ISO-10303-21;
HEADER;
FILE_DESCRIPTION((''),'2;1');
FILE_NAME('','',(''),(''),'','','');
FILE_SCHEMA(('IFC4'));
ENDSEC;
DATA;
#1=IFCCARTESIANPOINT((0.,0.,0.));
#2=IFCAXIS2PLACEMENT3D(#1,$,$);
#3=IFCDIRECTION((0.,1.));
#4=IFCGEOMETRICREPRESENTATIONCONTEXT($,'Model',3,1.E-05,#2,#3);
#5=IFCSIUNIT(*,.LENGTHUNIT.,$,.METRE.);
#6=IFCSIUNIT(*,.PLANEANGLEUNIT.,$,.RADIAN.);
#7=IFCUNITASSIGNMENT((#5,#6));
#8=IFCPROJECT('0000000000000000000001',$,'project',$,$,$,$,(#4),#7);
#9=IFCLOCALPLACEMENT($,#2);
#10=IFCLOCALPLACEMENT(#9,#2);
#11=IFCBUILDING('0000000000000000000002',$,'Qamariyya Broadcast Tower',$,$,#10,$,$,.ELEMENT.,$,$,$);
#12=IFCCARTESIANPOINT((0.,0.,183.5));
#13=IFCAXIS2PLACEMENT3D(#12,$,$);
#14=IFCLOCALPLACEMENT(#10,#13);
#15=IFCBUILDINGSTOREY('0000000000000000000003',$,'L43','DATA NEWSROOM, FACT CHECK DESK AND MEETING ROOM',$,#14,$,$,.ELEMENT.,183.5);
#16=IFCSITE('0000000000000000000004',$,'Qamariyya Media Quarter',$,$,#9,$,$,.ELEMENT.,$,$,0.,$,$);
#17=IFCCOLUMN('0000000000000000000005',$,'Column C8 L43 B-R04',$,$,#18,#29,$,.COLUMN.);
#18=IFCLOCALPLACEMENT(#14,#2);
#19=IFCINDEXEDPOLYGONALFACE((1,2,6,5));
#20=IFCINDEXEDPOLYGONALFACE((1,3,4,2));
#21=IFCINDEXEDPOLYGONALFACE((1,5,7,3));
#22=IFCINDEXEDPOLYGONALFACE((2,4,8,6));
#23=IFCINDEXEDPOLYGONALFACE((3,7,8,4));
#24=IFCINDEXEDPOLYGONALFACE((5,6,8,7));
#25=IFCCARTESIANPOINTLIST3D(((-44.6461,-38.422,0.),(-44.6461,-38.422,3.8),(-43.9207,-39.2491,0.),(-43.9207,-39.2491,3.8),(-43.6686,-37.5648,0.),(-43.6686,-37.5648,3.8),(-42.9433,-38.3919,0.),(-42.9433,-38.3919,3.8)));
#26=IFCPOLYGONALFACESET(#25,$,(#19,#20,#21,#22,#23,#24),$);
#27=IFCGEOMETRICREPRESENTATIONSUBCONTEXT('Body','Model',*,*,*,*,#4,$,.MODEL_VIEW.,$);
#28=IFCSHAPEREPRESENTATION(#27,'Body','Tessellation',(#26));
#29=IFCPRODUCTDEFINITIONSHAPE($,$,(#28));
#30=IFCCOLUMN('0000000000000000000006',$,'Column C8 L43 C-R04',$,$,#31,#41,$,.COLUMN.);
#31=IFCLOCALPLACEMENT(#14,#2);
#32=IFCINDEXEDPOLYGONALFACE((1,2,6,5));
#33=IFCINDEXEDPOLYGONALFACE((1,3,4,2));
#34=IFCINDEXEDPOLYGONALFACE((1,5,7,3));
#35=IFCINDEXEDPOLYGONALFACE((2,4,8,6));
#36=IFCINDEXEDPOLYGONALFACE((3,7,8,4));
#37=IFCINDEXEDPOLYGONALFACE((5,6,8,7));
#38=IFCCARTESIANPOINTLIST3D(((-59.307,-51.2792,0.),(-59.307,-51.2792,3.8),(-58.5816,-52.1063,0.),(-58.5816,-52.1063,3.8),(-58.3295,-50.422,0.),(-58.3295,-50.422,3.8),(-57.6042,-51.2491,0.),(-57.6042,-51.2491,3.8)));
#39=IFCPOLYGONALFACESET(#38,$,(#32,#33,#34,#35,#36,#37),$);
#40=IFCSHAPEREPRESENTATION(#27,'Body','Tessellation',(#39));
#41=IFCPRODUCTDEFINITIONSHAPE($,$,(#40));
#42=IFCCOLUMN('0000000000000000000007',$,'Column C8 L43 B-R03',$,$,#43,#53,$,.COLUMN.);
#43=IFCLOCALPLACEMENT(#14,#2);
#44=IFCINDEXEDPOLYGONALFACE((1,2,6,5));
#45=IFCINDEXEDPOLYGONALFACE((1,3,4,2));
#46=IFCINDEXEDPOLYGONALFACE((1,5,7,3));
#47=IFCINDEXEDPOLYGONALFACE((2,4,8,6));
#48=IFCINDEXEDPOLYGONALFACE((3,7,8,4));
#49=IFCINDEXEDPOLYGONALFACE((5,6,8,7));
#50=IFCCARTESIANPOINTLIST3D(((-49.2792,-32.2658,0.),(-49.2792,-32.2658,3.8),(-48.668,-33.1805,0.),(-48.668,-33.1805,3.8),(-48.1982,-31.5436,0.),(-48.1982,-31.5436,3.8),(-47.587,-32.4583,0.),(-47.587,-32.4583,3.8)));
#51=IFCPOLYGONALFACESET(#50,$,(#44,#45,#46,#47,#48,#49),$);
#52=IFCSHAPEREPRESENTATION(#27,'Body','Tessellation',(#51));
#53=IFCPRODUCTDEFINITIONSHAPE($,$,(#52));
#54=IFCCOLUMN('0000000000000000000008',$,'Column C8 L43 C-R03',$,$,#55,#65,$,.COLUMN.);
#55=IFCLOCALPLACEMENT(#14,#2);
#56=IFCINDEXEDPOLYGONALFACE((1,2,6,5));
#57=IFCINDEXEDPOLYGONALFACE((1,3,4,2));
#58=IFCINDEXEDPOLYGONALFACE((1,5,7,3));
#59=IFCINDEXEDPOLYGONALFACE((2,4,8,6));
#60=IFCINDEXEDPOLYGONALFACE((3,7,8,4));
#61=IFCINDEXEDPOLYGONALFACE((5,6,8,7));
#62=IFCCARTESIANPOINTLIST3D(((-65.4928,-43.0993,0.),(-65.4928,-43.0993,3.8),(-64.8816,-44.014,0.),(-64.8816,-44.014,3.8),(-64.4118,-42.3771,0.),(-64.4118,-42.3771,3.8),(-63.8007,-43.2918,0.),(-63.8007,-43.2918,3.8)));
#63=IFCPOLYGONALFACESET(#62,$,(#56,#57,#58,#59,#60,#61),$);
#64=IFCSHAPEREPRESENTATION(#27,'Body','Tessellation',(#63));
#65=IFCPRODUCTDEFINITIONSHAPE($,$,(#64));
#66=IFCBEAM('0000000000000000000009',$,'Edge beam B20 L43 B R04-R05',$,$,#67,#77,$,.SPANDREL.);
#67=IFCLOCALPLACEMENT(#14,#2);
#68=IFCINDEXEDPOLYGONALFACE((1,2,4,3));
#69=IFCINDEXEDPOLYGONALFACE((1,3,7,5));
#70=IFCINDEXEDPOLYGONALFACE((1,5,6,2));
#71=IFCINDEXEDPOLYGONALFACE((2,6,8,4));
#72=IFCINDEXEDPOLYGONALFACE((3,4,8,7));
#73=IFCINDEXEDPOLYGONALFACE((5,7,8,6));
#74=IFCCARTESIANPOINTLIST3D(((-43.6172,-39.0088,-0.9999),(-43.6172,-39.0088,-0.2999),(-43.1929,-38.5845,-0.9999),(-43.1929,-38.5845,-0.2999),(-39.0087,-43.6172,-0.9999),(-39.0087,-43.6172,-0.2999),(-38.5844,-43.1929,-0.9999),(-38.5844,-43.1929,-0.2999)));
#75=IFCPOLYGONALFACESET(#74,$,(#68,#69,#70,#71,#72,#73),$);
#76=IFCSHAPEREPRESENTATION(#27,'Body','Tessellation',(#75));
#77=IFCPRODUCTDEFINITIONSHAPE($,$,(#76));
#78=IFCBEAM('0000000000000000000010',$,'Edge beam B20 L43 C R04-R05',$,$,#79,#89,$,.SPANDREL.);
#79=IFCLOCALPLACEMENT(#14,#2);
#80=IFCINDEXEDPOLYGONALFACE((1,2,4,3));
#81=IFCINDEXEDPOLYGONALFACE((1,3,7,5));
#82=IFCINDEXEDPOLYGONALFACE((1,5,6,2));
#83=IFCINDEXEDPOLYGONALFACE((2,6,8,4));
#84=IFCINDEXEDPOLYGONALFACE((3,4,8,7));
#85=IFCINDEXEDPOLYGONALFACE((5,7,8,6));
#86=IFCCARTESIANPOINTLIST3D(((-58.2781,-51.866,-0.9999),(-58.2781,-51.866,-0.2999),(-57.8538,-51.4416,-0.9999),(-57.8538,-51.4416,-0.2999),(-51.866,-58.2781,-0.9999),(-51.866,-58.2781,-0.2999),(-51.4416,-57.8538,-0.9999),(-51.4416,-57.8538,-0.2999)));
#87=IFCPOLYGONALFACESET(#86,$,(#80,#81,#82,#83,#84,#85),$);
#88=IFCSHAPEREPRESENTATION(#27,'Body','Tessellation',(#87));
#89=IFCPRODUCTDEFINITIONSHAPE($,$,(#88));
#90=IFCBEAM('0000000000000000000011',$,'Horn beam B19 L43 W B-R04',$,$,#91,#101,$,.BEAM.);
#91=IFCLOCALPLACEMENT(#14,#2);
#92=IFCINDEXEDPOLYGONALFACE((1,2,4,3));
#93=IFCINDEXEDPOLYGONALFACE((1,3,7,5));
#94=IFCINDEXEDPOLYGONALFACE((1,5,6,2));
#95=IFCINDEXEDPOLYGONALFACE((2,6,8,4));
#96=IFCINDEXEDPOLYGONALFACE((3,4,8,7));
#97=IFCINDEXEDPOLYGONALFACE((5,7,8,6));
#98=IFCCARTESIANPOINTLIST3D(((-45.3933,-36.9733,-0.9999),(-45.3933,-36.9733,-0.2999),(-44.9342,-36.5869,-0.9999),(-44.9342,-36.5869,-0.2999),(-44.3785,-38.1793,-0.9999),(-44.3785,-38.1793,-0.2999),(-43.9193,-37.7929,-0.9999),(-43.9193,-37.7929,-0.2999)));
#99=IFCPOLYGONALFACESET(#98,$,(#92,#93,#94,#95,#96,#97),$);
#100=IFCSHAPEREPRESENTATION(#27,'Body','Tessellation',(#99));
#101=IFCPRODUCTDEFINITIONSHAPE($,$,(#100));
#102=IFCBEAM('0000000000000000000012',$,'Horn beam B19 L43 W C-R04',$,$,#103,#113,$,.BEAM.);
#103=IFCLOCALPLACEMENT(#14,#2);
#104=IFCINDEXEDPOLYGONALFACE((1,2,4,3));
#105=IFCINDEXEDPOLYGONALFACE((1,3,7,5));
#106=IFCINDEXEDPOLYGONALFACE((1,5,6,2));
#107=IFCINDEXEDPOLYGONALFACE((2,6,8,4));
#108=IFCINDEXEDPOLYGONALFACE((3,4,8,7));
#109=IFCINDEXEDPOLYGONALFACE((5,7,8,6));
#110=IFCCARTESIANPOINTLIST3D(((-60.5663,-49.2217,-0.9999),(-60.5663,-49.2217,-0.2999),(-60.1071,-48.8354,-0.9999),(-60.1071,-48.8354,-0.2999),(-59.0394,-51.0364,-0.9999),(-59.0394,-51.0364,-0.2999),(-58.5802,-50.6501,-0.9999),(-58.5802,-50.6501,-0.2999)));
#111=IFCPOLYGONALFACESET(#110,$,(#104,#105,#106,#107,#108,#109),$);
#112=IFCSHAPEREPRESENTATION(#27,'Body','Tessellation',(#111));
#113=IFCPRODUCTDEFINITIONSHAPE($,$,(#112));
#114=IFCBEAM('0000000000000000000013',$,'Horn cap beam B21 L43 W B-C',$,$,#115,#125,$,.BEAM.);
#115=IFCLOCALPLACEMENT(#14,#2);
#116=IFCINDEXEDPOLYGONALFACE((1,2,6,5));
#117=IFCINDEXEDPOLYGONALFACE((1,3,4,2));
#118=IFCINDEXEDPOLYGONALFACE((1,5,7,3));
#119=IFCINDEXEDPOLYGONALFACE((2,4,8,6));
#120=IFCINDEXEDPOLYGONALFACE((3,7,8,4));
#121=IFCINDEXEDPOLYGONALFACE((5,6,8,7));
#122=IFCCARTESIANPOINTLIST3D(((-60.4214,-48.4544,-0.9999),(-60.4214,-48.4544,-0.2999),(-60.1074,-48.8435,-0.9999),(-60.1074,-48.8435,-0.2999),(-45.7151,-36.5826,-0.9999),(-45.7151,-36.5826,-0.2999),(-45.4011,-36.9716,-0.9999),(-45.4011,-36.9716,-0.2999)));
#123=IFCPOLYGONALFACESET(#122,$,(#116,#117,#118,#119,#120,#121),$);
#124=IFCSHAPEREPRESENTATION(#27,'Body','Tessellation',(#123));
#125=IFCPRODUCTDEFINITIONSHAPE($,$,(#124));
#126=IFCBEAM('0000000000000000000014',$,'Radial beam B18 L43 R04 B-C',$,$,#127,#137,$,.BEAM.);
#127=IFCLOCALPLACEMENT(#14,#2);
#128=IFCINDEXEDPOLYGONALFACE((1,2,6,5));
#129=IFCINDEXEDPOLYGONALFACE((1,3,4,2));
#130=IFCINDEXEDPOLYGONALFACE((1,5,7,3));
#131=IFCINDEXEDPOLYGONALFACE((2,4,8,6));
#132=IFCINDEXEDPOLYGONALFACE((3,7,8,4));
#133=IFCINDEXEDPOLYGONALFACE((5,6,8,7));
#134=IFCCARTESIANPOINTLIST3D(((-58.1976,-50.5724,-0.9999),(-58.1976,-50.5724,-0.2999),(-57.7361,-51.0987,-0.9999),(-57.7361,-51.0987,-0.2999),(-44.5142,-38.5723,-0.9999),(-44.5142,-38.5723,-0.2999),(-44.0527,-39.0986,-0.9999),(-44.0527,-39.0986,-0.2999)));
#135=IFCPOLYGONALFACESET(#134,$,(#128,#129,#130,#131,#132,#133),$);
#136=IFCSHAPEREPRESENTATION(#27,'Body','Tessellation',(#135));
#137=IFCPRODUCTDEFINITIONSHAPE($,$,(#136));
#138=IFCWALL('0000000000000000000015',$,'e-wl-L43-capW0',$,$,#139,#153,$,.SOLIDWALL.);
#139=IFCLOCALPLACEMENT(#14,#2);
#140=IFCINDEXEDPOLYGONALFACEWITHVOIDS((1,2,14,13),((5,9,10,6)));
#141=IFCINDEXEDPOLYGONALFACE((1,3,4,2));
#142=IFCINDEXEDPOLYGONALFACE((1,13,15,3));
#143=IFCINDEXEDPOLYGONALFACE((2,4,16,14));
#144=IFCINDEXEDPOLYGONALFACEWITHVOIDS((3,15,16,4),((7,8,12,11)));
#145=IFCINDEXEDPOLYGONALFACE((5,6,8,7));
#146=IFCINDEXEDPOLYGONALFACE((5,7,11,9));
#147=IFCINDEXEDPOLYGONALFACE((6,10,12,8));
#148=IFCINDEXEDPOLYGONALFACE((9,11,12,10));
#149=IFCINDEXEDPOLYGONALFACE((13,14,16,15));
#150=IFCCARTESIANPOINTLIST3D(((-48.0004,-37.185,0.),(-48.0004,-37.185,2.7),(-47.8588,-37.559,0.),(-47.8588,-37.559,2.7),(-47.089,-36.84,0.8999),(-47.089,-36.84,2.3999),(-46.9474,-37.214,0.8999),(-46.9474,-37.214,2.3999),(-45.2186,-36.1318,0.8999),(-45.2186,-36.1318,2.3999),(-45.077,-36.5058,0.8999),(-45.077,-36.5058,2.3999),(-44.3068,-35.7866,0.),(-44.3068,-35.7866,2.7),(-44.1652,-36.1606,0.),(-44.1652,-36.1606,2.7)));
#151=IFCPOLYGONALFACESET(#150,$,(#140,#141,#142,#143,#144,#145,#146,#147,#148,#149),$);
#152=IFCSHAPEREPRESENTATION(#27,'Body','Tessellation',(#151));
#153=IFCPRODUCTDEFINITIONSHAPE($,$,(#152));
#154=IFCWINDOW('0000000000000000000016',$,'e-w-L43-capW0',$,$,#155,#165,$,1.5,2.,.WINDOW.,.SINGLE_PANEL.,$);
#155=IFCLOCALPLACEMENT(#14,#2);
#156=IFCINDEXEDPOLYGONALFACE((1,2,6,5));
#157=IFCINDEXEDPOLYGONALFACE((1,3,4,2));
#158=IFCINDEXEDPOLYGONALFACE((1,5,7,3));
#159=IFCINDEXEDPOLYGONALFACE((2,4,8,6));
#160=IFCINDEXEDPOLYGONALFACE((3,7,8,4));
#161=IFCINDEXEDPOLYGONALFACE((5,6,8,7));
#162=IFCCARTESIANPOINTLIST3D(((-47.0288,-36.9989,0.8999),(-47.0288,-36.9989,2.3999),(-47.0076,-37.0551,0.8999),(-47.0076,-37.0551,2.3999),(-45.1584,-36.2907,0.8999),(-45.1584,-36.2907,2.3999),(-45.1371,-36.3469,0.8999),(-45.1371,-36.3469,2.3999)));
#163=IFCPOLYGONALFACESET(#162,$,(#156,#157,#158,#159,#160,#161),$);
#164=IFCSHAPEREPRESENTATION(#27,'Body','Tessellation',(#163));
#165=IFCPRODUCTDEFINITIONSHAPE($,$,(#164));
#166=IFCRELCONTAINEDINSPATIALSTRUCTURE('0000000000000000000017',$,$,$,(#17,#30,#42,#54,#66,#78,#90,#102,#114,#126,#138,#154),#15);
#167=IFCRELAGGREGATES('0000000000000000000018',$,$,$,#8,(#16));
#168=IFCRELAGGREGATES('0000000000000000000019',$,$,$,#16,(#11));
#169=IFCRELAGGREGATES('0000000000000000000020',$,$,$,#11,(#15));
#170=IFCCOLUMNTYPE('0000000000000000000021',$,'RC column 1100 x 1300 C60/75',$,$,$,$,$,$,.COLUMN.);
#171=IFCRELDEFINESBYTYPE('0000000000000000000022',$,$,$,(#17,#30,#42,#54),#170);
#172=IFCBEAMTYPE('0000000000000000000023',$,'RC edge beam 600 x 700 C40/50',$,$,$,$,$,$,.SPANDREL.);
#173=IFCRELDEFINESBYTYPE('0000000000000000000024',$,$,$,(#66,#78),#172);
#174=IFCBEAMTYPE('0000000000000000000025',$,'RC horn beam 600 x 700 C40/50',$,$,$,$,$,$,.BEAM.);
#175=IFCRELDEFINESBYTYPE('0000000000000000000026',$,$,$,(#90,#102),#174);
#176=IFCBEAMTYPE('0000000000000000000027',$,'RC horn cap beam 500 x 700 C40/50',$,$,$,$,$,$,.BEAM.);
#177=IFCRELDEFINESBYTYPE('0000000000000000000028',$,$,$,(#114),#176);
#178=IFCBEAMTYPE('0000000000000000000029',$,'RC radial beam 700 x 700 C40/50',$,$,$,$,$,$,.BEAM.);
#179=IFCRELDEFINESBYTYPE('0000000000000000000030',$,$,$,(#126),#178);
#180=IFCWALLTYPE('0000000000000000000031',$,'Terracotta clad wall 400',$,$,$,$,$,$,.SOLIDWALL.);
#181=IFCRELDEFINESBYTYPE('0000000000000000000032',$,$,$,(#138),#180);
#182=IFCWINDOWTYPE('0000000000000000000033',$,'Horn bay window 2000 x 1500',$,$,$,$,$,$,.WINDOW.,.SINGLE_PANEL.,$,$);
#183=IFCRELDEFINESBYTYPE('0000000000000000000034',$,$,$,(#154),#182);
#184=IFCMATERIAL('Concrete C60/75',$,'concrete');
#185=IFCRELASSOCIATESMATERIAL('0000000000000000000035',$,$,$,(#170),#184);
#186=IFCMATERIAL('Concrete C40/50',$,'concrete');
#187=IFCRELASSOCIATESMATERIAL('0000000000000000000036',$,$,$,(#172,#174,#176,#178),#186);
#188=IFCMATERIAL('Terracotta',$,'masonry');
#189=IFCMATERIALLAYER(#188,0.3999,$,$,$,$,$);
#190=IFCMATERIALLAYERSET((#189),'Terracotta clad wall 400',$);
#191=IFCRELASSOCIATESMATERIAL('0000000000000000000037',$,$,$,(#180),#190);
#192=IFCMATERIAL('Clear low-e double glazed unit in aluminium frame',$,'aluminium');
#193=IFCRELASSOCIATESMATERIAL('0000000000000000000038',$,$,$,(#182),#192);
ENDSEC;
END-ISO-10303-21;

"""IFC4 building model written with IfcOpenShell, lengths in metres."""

from ifc_helpers import new_model, si_unit, direction, frame, frame_2d, origin, origin_2d, place, context, subcontext, project, spatial, rectangle, extrude, material, layer, layer_set, material_profile, profile_set, type_object, element, fill, save


model = new_model("IFC4")

# Units and contexts
model_context = context("Model", 3, precision=1e-05, world=origin(), true_north=direction((0.0, 1.0)))
body_context = subcontext(model_context, "Body", "Model", "MODEL_VIEW")
ifc_project = project(units=[si_unit("LENGTHUNIT", "METRE"), si_unit("PLANEANGLEUNIT", "RADIAN")], contexts=[model_context])

# Site, building, storey
site_placement = place(None, origin())
site = spatial("IfcSite", under=ifc_project, at=site_placement, Name="Qamariyya Media Quarter", CompositionType="ELEMENT", RefElevation=0.0)
building_placement = place(site_placement, origin())
building = spatial("IfcBuilding", under=site, at=building_placement, Name="Qamariyya Broadcast Tower", CompositionType="ELEMENT")
storey_placement = place(building_placement, frame((0.0, 0.0, 183.5)))
storey = spatial("IfcBuildingStorey", under=building, at=storey_placement, Name="L43", Description="DATA NEWSROOM, FACT CHECK DESK AND MEETING ROOM", CompositionType="ELEMENT", Elevation=183.5)

# Columns
ifc_material_1 = material(Name="Concrete C60/75", Category="concrete")
ifc_material_profile_1 = material_profile(ifc_material_1, rectangle(XDim=1.1001, YDim=1.3, at=origin_2d()))
ifc_profile_set_1 = profile_set([ifc_material_profile_1], Name="Concrete C60/75")
column_type = type_object("IfcColumnType", Name="RC column 1100 x 1300 C60/75", PredefinedType="COLUMN", material=ifc_profile_set_1)
for number, where, z_axis, x_axis, name in (
    (1, (-43.7947, -38.407, 0.0), (0.0, 0.0, 1.0), (0.659346, -0.75184, 0.0), "Column C8 L43 B-R04"),
    (2, (-58.4556, -51.2642, 0.0), (0.0, 0.0, 1.0), (0.659346, -0.75184, 0.0), "Column C8 L43 C-R04"),
    (3, (-48.4331, -32.3621, 0.0), (0.0, 0.0, 1.0), (0.55557, -0.83147, 0.0), "Column C8 L43 B-R03"),
    (4, (-64.6467, -43.1956, 0.0), (0.0, 0.0, 1.0), (0.55557, -0.83147, 0.0), "Column C8 L43 C-R03"),
):
    element("IfcColumn", number, at=place(storey_placement, frame(where, z_axis=z_axis, x_axis=x_axis)), inside=storey, type_object=column_type, Name=name, PredefinedType="COLUMN", context=body_context, shape_type="SweptSolid", body=[
        extrude(rectangle(XDim=1.1001, YDim=1.3, at=origin_2d()), origin(), (0.0, 0.0, 1.0), 3.8),
    ])

# Beams
ifc_material_2 = material(Name="Concrete C40/50", Category="concrete")
ifc_material_profile_2 = material_profile(ifc_material_2, rectangle(XDim=0.6001, YDim=0.7, at=origin_2d()))
ifc_profile_set_2 = profile_set([ifc_material_profile_2], Name="Concrete C40/50")
beam_type_1 = type_object("IfcBeamType", Name="RC edge beam 600 x 700 C40/50", PredefinedType="SPANDREL", material=ifc_profile_set_2)
beam_1_placement = place(storey_placement, frame((-43.405, -38.7966, -0.6499), z_axis=(0.707107, -0.707107, 0.0), x_axis=(0.707107, 0.707107, 0.0)))
element("IfcBeam", 5, at=beam_1_placement, inside=storey, type_object=beam_type_1, Name="Edge beam B20 L43 B R04-R05", PredefinedType="SPANDREL", context=body_context, shape_type="SweptSolid", body=[
    extrude(rectangle(XDim=0.6001, YDim=0.7, at=origin_2d()), origin(), (0.0, 0.0, 1.0), 6.5173),
])
beam_2_placement = place(storey_placement, frame((-58.0659, -51.6538, -0.6499), z_axis=(0.707107, -0.707107, 0.0), x_axis=(0.707107, 0.707107, 0.0)))
element("IfcBeam", 6, at=beam_2_placement, inside=storey, type_object=beam_type_1, Name="Edge beam B20 L43 C R04-R05", PredefinedType="SPANDREL", context=body_context, shape_type="SweptSolid", body=[
    extrude(rectangle(XDim=0.6001, YDim=0.7, at=origin_2d()), origin(), (0.0, 0.0, 1.0), 9.0681),
])
ifc_material_profile_3 = material_profile(ifc_material_2, rectangle(XDim=0.6001, YDim=0.7, at=origin_2d()))
ifc_profile_set_3 = profile_set([ifc_material_profile_3], Name="Concrete C40/50")
beam_type_2 = type_object("IfcBeamType", Name="RC horn beam 600 x 700 C40/50", PredefinedType="BEAM", material=ifc_profile_set_3)
beam_3_placement = place(storey_placement, frame((-44.1489, -37.9861, -0.6499), z_axis=(-0.643864, 0.76514, 0.0), x_axis=(-0.76514, -0.643864, 0.0)))
element("IfcBeam", 7, at=beam_3_placement, inside=storey, type_object=beam_type_2, Name="Horn beam B19 L43 W B-R04", PredefinedType="BEAM", context=body_context, shape_type="SweptSolid", body=[
    extrude(rectangle(XDim=0.6001, YDim=0.7, at=origin_2d()), origin(), (0.0, 0.0, 1.0), 1.5762),
])
beam_4_placement = place(storey_placement, frame((-58.8098, -50.8433, -0.6499), z_axis=(-0.643812, 0.765183, 0.0), x_axis=(-0.765183, -0.643812, 0.0)))
element("IfcBeam", 8, at=beam_4_placement, inside=storey, type_object=beam_type_2, Name="Horn beam B19 L43 W C-R04", PredefinedType="BEAM", context=body_context, shape_type="SweptSolid", body=[
    extrude(rectangle(XDim=0.6001, YDim=0.7, at=origin_2d()), origin(), (0.0, 0.0, 1.0), 2.3716),
])
ifc_material_profile_4 = material_profile(ifc_material_2, rectangle(XDim=0.5, YDim=0.7, at=origin_2d()))
ifc_profile_set_4 = profile_set([ifc_material_profile_4], Name="Concrete C40/50")
beam_type_3 = type_object("IfcBeamType", Name="RC horn cap beam 500 x 700 C40/50", PredefinedType="BEAM", material=ifc_profile_set_4)
beam_5_placement = place(storey_placement, frame((-45.5581, -36.7771, -0.6499), z_axis=(-0.778105, -0.628134, 0.0), x_axis=(0.628134, -0.778105, 0.0)))
element("IfcBeam", 9, at=beam_5_placement, inside=storey, type_object=beam_type_3, Name="Horn cap beam B21 L43 W B-C", PredefinedType="BEAM", context=body_context, shape_type="SweptSolid", body=[
    extrude(rectangle(XDim=0.5, YDim=0.7, at=origin_2d()), origin(), (0.0, 0.0, 1.0), 18.9001),
])
ifc_material_profile_5 = material_profile(ifc_material_2, rectangle(XDim=0.7, YDim=0.7, at=origin_2d()))
ifc_profile_set_5 = profile_set([ifc_material_profile_5], Name="Concrete C40/50")
beam_type_4 = type_object("IfcBeamType", Name="RC radial beam 700 x 700 C40/50", PredefinedType="BEAM", material=ifc_profile_set_5)
beam_6_placement = place(storey_placement, frame((-44.2834, -38.8354, -0.6499), z_axis=(-0.751839, -0.659347, 0.0), x_axis=(0.659347, -0.751839, 0.0)))
element("IfcBeam", 10, at=beam_6_placement, inside=storey, type_object=beam_type_4, Name="Radial beam B18 L43 R04 B-C", PredefinedType="BEAM", context=body_context, shape_type="SweptSolid", body=[
    extrude(rectangle(XDim=0.7, YDim=0.7, at=origin_2d()), origin(), (0.0, 0.0, 1.0), 18.2),
])

# Wall, opening, window
ifc_material_3 = material(Name="Terracotta", Category="masonry")
ifc_layer = layer(ifc_material_3, 0.3999)
ifc_layer_set = layer_set([ifc_layer], Name="Terracotta clad wall 400")
wall_type = type_object("IfcWallType", Name="Terracotta clad wall 400", PredefinedType="SOLIDWALL", material=ifc_layer_set)
wall_1_placement = place(storey_placement, frame((-44.2361, -35.9736, 0.0), z_axis=(0.0, 0.0, 1.0), x_axis=(-0.935214, -0.354082, 0.0)))
wall_1 = element("IfcWall", 11, at=wall_1_placement, inside=storey, type_object=wall_type, Name="e-wl-L43-capW0", PredefinedType="SOLIDWALL", context=body_context, shape_type="SweptSolid", body=[
    extrude(rectangle(XDim=3.9495, YDim=0.3999, at=frame_2d((1.9746, 0.0))), origin(), (0.0, 0.0, 1.0), 2.7),
])
opening_1_placement = place(wall_1_placement, frame((0.9749, 0.0, 0.8999)))
opening_1 = element("IfcOpeningElement", 12, at=opening_1_placement, cuts=wall_1, PredefinedType="OPENING", context=body_context, shape_type="SweptSolid", body=[
    extrude(rectangle(XDim=2.0, YDim=1.5, at=frame_2d((1.0, 0.75))), frame((0.0, 0.21, 0.0), z_axis=(0.0, -1.0, 0.0), x_axis=(1.0, 0.0, 0.0)), (0.0, 0.0, 1.0), 0.4199),
])
ifc_material_4 = material(Name="Clear low-e double glazed unit in aluminium frame", Category="aluminium")
window_type = type_object("IfcWindowType", Name="Horn bay window 2000 x 1500", PartitioningType="SINGLE_PANEL", PredefinedType="WINDOW", material=ifc_material_4)
window_1_placement = place(opening_1_placement, origin())
window_1 = element("IfcWindow", 13, at=window_1_placement, inside=storey, type_object=window_type, Name="e-w-L43-capW0", OverallHeight=1.5, OverallWidth=2.0, PartitioningType="SINGLE_PANEL", PredefinedType="WINDOW", context=body_context, shape_type="SweptSolid", body=[
    extrude(rectangle(XDim=2.0, YDim=1.5, at=frame_2d((1.0, 0.75))), frame((0.0, 0.03, 0.0), z_axis=(0.0, -1.0, 0.0), x_axis=(1.0, 0.0, 0.0)), (0.0, 0.0, 1.0), 0.0601),
])
fill(opening_1, window_1)

save(model, "model.ifc")
